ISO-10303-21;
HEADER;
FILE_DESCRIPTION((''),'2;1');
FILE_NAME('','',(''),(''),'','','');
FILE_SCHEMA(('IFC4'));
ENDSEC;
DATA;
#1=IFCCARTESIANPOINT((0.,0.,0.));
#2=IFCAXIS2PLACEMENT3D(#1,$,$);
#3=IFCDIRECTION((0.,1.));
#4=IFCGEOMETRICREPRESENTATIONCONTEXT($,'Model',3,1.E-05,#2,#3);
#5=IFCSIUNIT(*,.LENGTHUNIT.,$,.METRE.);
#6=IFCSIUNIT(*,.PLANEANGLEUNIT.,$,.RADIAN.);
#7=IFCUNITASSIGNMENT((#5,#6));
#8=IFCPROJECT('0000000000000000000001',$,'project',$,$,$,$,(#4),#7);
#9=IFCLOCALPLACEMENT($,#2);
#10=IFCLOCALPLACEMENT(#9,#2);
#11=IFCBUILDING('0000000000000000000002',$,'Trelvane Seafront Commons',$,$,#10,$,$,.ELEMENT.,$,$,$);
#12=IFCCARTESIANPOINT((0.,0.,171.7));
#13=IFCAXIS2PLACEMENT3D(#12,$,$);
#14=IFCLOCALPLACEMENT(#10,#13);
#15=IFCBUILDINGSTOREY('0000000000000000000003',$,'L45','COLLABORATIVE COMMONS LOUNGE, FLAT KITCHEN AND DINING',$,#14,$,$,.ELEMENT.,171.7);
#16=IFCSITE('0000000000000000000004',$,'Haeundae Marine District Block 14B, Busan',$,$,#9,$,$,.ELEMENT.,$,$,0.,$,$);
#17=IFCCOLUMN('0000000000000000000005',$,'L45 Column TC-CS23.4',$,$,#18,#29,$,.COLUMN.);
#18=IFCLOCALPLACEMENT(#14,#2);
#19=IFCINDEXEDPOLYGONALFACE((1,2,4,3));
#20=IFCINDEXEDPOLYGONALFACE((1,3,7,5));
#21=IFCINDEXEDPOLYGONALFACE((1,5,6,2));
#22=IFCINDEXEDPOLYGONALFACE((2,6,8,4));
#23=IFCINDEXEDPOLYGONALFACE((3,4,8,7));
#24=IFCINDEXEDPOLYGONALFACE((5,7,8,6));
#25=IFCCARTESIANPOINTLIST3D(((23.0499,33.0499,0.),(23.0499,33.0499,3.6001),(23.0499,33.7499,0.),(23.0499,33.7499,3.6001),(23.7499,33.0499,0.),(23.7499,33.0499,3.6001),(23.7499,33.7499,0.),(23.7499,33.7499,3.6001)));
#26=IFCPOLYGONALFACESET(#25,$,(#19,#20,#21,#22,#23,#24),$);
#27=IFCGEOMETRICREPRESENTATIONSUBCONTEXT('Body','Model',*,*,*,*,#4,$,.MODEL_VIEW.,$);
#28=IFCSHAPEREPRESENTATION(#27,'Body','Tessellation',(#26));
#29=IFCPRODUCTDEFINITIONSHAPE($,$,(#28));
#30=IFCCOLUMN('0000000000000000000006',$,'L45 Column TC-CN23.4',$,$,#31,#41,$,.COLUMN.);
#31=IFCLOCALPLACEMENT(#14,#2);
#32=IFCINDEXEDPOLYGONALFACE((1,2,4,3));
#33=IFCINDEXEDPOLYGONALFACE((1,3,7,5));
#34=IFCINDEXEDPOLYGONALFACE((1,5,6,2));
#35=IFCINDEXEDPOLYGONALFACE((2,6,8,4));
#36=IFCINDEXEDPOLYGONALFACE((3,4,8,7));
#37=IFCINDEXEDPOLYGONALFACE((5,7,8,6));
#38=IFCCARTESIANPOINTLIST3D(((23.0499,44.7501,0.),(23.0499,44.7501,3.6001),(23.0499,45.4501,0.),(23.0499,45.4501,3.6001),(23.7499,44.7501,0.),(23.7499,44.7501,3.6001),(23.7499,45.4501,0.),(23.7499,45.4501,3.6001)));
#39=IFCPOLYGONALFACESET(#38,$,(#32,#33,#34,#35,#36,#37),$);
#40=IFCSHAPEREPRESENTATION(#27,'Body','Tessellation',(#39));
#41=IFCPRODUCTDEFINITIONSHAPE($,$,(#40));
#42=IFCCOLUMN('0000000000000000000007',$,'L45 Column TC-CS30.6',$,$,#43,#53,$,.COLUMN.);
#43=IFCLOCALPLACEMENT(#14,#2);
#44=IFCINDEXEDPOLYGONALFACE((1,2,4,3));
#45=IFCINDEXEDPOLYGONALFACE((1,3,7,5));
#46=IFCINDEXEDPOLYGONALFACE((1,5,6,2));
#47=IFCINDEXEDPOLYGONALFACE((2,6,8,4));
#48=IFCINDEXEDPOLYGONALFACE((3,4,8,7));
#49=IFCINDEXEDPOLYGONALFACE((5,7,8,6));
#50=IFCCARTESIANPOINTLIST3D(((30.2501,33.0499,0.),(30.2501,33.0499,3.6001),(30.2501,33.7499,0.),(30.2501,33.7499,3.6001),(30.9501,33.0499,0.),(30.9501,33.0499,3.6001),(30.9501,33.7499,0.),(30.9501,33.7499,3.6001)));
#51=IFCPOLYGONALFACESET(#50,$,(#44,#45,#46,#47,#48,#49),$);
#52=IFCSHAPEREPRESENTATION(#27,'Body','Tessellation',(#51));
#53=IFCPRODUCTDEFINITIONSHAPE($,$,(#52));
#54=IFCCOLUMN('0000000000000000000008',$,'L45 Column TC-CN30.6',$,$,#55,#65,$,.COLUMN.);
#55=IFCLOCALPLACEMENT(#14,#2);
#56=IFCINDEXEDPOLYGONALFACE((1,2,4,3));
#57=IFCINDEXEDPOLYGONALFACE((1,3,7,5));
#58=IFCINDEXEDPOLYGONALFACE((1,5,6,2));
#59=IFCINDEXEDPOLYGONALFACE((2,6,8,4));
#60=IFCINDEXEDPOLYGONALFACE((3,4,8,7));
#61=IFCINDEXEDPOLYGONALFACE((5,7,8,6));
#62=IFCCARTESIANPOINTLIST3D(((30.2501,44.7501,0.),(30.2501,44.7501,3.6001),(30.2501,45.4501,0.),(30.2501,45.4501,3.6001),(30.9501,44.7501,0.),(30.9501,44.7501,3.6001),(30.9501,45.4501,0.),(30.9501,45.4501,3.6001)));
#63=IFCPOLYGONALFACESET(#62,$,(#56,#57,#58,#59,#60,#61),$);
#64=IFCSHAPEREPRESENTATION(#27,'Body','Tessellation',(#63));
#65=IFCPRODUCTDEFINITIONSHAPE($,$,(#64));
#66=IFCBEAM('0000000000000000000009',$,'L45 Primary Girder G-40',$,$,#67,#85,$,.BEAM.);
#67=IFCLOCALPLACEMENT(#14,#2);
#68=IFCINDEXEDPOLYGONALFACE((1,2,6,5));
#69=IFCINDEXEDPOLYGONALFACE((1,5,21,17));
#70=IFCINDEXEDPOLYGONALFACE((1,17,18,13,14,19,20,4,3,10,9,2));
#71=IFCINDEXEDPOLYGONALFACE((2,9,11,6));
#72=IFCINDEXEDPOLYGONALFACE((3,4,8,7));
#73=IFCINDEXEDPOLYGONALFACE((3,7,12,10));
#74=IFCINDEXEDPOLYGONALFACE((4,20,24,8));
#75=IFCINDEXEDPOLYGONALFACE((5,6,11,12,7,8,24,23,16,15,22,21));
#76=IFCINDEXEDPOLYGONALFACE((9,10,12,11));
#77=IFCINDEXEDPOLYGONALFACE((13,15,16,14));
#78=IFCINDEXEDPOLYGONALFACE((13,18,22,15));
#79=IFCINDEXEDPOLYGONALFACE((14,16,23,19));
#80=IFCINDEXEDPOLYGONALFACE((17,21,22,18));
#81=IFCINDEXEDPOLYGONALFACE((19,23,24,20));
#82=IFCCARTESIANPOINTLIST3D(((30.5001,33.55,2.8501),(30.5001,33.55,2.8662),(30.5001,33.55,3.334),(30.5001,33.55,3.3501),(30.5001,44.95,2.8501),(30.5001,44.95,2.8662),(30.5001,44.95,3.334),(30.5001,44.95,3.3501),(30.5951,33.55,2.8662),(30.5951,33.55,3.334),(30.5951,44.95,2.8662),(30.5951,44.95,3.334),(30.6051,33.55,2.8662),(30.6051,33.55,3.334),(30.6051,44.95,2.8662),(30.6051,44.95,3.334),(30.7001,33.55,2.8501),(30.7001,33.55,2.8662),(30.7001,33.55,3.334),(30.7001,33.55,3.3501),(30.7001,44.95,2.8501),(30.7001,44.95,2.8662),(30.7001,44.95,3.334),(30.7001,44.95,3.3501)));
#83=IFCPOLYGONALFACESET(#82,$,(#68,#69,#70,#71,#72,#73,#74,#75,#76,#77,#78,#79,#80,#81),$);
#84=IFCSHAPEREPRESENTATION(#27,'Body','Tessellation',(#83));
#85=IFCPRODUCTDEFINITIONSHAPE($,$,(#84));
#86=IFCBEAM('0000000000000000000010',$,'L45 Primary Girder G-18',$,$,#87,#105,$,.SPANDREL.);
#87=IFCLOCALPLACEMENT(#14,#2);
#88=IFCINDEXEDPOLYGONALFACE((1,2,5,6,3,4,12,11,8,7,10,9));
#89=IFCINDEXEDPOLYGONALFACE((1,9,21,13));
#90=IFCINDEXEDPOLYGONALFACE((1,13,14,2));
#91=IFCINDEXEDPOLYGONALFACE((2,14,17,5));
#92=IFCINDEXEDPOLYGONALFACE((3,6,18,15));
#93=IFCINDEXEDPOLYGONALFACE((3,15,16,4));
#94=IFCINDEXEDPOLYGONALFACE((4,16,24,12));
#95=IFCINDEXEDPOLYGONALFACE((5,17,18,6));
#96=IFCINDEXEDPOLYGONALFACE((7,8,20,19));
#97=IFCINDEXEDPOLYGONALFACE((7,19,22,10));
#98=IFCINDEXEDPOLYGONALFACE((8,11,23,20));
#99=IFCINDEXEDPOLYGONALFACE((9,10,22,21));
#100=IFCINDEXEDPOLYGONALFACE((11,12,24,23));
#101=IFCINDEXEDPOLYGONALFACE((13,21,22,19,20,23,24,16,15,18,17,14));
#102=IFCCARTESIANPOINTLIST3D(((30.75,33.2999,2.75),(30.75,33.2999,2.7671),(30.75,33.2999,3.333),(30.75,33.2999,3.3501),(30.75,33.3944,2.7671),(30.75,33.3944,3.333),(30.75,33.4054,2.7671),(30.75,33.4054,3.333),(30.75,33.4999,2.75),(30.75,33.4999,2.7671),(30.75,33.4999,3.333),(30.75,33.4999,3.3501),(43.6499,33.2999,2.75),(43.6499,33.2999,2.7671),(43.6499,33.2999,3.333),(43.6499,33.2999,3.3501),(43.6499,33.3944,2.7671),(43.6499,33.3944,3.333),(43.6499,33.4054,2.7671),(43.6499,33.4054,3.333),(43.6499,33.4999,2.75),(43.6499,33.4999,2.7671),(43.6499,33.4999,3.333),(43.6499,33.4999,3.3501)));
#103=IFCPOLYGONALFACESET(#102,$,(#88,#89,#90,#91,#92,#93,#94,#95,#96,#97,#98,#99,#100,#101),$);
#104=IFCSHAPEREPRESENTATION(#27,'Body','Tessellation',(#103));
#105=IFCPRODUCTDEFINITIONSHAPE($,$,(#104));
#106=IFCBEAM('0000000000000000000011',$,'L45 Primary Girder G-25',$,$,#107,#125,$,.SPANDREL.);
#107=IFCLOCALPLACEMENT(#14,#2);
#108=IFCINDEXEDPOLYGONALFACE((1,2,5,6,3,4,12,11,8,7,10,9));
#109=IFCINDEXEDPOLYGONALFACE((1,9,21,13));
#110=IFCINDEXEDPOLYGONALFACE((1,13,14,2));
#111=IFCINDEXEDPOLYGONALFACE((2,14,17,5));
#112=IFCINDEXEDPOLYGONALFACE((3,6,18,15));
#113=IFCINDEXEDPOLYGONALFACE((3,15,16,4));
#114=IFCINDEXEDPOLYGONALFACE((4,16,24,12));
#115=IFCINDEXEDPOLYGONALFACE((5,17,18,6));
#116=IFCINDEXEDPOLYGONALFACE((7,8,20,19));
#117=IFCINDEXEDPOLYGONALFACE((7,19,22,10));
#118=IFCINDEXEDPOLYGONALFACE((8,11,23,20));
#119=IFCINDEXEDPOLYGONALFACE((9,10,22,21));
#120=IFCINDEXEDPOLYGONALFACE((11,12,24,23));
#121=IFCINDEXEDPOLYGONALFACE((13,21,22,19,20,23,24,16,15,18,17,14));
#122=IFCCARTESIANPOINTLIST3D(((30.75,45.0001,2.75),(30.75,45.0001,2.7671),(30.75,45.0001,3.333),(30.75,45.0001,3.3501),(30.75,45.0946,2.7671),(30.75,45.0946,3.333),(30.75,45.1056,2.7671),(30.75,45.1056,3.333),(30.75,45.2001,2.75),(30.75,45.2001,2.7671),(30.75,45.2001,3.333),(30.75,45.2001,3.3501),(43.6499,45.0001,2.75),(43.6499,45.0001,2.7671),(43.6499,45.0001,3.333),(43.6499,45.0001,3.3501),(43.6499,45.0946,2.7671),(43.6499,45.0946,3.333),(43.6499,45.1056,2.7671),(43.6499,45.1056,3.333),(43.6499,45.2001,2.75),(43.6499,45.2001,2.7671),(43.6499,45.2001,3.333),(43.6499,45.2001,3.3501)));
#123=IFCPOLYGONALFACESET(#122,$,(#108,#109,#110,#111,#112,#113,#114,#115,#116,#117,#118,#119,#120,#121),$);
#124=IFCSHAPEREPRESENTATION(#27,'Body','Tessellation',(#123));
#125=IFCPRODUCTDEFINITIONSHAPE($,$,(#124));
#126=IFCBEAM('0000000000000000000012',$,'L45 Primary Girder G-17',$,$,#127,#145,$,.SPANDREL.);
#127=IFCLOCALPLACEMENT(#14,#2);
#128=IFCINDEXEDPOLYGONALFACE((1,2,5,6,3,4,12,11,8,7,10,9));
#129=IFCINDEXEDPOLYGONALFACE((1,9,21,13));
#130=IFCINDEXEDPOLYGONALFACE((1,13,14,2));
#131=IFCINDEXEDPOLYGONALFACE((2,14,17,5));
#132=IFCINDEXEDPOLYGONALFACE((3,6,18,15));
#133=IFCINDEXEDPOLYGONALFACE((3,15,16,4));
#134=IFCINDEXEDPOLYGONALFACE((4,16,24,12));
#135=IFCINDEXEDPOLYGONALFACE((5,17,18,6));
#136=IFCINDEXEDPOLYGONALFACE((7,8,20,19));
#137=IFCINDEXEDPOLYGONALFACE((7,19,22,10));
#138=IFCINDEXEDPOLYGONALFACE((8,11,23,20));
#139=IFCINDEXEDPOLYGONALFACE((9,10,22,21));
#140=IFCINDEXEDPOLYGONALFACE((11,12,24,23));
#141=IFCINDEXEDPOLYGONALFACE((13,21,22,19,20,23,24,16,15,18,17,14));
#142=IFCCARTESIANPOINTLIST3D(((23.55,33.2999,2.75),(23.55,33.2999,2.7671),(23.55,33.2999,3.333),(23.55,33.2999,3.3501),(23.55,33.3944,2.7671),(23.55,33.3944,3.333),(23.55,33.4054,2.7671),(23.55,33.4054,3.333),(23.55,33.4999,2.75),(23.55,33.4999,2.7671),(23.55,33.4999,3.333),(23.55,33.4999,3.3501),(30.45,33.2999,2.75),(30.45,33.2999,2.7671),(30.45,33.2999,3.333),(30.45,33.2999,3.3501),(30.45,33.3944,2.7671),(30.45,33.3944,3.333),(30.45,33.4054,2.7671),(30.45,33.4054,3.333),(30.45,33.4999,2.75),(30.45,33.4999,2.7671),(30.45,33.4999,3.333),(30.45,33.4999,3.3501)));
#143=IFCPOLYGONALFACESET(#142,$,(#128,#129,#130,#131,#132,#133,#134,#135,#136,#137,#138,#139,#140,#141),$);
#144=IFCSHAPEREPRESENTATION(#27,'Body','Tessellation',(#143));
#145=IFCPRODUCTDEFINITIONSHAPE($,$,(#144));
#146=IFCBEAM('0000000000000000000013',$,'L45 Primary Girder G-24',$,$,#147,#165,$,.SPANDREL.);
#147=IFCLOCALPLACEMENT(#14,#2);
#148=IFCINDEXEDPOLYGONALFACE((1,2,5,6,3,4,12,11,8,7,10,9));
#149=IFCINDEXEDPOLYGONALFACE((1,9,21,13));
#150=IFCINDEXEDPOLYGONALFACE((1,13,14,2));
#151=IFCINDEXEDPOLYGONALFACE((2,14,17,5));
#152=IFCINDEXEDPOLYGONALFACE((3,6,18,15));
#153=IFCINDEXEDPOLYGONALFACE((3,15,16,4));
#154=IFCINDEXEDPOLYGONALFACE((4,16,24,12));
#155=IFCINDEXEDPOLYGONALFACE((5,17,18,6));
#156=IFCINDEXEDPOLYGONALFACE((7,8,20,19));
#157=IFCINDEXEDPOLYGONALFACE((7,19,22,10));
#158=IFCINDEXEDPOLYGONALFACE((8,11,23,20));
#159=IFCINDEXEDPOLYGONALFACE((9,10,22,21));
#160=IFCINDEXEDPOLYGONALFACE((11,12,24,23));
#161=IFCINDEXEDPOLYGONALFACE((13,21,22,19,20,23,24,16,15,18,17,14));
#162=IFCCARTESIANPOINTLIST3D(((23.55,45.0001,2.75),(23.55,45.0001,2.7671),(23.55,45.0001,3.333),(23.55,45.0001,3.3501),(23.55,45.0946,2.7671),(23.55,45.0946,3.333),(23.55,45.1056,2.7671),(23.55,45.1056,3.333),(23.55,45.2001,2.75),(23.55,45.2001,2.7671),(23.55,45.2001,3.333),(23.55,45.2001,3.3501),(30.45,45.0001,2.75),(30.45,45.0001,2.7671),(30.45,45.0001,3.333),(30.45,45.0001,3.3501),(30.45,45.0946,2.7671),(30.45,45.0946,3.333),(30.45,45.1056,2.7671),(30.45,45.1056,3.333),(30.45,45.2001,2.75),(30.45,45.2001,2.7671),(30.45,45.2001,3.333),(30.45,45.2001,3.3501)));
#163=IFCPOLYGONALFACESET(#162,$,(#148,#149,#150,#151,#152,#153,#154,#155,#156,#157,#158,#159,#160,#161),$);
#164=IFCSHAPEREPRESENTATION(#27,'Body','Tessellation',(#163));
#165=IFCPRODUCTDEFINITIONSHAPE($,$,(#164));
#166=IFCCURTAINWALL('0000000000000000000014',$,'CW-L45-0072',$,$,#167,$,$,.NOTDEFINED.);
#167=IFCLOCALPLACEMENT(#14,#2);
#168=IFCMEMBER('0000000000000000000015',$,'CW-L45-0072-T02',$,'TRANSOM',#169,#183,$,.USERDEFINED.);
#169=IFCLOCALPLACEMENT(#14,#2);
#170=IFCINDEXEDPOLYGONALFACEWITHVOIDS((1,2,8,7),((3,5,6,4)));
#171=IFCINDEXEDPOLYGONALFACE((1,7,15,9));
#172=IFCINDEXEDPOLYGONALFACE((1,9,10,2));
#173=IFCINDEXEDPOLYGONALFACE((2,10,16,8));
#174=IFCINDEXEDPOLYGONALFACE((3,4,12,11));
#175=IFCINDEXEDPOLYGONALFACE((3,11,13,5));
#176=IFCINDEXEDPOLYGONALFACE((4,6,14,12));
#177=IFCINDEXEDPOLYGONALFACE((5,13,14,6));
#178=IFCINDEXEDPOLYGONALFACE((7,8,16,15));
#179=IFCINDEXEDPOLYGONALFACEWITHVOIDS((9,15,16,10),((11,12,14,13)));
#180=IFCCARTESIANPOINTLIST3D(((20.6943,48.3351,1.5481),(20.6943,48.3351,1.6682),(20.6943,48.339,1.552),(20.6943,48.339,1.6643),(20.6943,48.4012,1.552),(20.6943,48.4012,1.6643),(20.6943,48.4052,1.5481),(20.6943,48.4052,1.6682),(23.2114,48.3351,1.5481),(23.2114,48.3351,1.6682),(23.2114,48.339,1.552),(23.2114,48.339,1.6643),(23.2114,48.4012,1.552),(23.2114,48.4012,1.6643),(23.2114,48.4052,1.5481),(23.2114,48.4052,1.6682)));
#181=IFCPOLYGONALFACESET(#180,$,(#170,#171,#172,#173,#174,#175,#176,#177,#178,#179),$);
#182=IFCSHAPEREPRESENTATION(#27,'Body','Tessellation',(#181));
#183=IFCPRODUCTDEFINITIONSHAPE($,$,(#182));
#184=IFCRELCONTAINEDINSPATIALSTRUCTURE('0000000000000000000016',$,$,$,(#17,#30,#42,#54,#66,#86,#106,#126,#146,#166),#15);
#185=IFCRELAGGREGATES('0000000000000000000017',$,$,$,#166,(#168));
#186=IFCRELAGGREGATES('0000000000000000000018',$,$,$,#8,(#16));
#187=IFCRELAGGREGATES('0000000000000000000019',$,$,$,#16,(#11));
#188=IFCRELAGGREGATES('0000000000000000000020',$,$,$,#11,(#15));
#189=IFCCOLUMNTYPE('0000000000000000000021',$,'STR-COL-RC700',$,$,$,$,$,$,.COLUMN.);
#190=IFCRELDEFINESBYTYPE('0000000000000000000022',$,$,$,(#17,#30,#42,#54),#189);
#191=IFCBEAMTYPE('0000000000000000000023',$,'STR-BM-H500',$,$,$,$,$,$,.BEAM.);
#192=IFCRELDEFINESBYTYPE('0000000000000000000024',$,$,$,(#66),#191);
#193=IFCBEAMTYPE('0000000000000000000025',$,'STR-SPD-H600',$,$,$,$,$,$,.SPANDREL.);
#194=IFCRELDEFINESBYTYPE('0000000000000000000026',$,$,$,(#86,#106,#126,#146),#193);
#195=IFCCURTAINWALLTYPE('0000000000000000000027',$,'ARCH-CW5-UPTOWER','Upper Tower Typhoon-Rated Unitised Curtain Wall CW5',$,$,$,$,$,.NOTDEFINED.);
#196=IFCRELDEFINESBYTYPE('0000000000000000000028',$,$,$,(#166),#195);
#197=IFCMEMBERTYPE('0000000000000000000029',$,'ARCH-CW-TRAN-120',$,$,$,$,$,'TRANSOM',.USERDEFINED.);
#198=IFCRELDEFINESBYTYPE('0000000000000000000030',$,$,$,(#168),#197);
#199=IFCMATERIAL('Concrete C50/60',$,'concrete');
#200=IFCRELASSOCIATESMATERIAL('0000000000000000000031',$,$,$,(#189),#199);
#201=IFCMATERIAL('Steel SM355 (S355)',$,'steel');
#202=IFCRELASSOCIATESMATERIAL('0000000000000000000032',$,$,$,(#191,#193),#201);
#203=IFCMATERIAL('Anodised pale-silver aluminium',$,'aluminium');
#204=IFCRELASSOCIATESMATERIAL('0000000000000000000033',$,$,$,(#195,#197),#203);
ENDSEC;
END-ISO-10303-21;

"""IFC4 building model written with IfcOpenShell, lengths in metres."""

from ifc_helpers import new_model, si_unit, direction, frame, origin, origin_2d, place, context, subcontext, project, spatial, rectangle, hollow_rectangle, i_section, extrude, source, transform, mapped, material, material_profile, profile_set, type_object, element, aggregate, save


model = new_model("IFC4")

# Units and contexts
model_context = context("Model", 3, precision=1e-05, world=origin(), true_north=direction((0.0, 1.0)))
body_context = subcontext(model_context, "Body", "Model", "MODEL_VIEW")
ifc_project = project(units=[si_unit("LENGTHUNIT", "METRE"), si_unit("PLANEANGLEUNIT", "RADIAN")], contexts=[model_context])

# Site, building, storey
site_placement = place(None, origin())
site = spatial("IfcSite", under=ifc_project, at=site_placement, Name="Haeundae Marine District Block 14B, Busan", CompositionType="ELEMENT", RefElevation=0.0)
building_placement = place(site_placement, origin())
building = spatial("IfcBuilding", under=site, at=building_placement, Name="Trelvane Seafront Commons", CompositionType="ELEMENT")
storey_placement = place(building_placement, frame((0.0, 0.0, 171.7)))
storey = spatial("IfcBuildingStorey", under=building, at=storey_placement, Name="L45", Description="COLLABORATIVE COMMONS LOUNGE, FLAT KITCHEN AND DINING", CompositionType="ELEMENT", Elevation=171.7)

# Columns
ifc_material_1 = material(Name="Concrete C50/60", Category="concrete")
ifc_material_profile_1 = material_profile(ifc_material_1, rectangle(XDim=0.7, YDim=0.7, at=origin_2d()), Name="RC-700x700")
ifc_profile_set_1 = profile_set([ifc_material_profile_1], Name="Concrete C50/60")
column_type = type_object("IfcColumnType", Name="STR-COL-RC700", PredefinedType="COLUMN", material=ifc_profile_set_1)
shared_shape_1 = source(origin(), body_context, "Body", "SweptSolid", [
    extrude(rectangle(XDim=0.7, YDim=0.7, at=origin_2d()), origin(), (0.0, 0.0, 1.0), 3.6001),
])
for number, where, z_axis, x_axis, name in (
    (1, (23.3999, 33.3999, 0.0), (0.0, 0.0, 1.0), (1.0, 0.0, 0.0), "L45 Column TC-CS23.4"),
    (2, (23.3999, 45.1001, 0.0), (0.0, 0.0, 1.0), (1.0, 0.0, 0.0), "L45 Column TC-CN23.4"),
    (3, (30.6001, 33.3999, 0.0), (0.0, 0.0, 1.0), (1.0, 0.0, 0.0), "L45 Column TC-CS30.6"),
    (4, (30.6001, 45.1001, 0.0), (0.0, 0.0, 1.0), (1.0, 0.0, 0.0), "L45 Column TC-CN30.6"),
):
    element("IfcColumn", number, at=place(storey_placement, frame(where, z_axis=z_axis, x_axis=x_axis)), inside=storey, type_object=column_type, Name=name, PredefinedType="COLUMN", context=body_context, shape_type="MappedRepresentation", body=[
        mapped(shared_shape_1, transform((0.0, 0.0, 0.0), x_axis=(1.0, 0.0, 0.0), y_axis=(0.0, 1.0, 0.0), z_axis=(0.0, 0.0, 1.0), scale=1.0)),
    ])

# Beams
ifc_material_2 = material(Name="Steel SM355 (S355)", Category="steel")
ifc_material_profile_2 = material_profile(ifc_material_2, i_section(OverallWidth=0.2, OverallDepth=0.5, WebThickness=0.01, FlangeThickness=0.0161, at=origin_2d()), Name="H-500x200x10x16")
ifc_profile_set_2 = profile_set([ifc_material_profile_2], Name="Steel SM355 (S355)")
beam_type_1 = type_object("IfcBeamType", Name="STR-BM-H500", PredefinedType="BEAM", material=ifc_profile_set_2)
shared_shape_2 = source(origin(), body_context, "Body", "SweptSolid", [
    extrude(i_section(OverallWidth=0.2, OverallDepth=0.5, WebThickness=0.01, FlangeThickness=0.0161, at=origin_2d()), origin(), (0.0, 0.0, 1.0), 11.3999),
])
beam_placement = place(storey_placement, frame((30.6001, 33.55, 3.1001), z_axis=(0.0, 1.0, 0.0), x_axis=(-1.0, 0.0, 0.0)))
element("IfcBeam", 5, at=beam_placement, inside=storey, type_object=beam_type_1, Name="L45 Primary Girder G-40", PredefinedType="BEAM", context=body_context, shape_type="MappedRepresentation", body=[
    mapped(shared_shape_2, transform((0.0, 0.0, 0.0), x_axis=(1.0, 0.0, 0.0), y_axis=(0.0, 1.0, 0.0), z_axis=(0.0, 0.0, 1.0), scale=1.0)),
])
ifc_material_profile_3 = material_profile(ifc_material_2, i_section(OverallWidth=0.2, OverallDepth=0.6001, WebThickness=0.011, FlangeThickness=0.0171, at=origin_2d()), Name="H-600x200x11x17")
ifc_profile_set_3 = profile_set([ifc_material_profile_3], Name="Steel SM355 (S355)")
beam_type_2 = type_object("IfcBeamType", Name="STR-SPD-H600", PredefinedType="SPANDREL", material=ifc_profile_set_3)
shared_shape_3 = source(origin(), body_context, "Body", "SweptSolid", [
    extrude(i_section(OverallWidth=0.2, OverallDepth=0.6001, WebThickness=0.011, FlangeThickness=0.0171, at=origin_2d()), origin(), (0.0, 0.0, 1.0), 12.8999),
])
for number, where, z_axis, x_axis, name in (
    (6, (30.75, 33.3999, 3.05), (1.0, 0.0, 0.0), (0.0, 1.0, 0.0), "L45 Primary Girder G-18"),
    (7, (30.75, 45.1001, 3.05), (1.0, 0.0, 0.0), (0.0, 1.0, 0.0), "L45 Primary Girder G-25"),
):
    element("IfcBeam", number, at=place(storey_placement, frame(where, z_axis=z_axis, x_axis=x_axis)), inside=storey, type_object=beam_type_2, Name=name, PredefinedType="SPANDREL", context=body_context, shape_type="MappedRepresentation", body=[
        mapped(shared_shape_3, transform((0.0, 0.0, 0.0), x_axis=(1.0, 0.0, 0.0), y_axis=(0.0, 1.0, 0.0), z_axis=(0.0, 0.0, 1.0), scale=1.0)),
    ])
shared_shape_4 = source(origin(), body_context, "Body", "SweptSolid", [
    extrude(i_section(OverallWidth=0.2, OverallDepth=0.6001, WebThickness=0.011, FlangeThickness=0.0171, at=origin_2d()), origin(), (0.0, 0.0, 1.0), 6.8999),
])
for number, where, z_axis, x_axis, name in (
    (8, (23.55, 33.3999, 3.05), (1.0, 0.0, 0.0), (0.0, 1.0, 0.0), "L45 Primary Girder G-17"),
    (9, (23.55, 45.1001, 3.05), (1.0, 0.0, 0.0), (0.0, 1.0, 0.0), "L45 Primary Girder G-24"),
):
    element("IfcBeam", number, at=place(storey_placement, frame(where, z_axis=z_axis, x_axis=x_axis)), inside=storey, type_object=beam_type_2, Name=name, PredefinedType="SPANDREL", context=body_context, shape_type="MappedRepresentation", body=[
        mapped(shared_shape_4, transform((0.0, 0.0, 0.0), x_axis=(1.0, 0.0, 0.0), y_axis=(0.0, 1.0, 0.0), z_axis=(0.0, 0.0, 1.0), scale=1.0)),
    ])

# Curtain wall, member
ifc_material_3 = material(Name="Anodised pale-silver aluminium", Category="aluminium")
curtain_wall_type = type_object("IfcCurtainWallType", Name="ARCH-CW5-UPTOWER", Description="Upper Tower Typhoon-Rated Unitised Curtain Wall CW5", PredefinedType="NOTDEFINED", material=ifc_material_3)
curtain_wall_placement = place(storey_placement, origin())
curtain_wall = element("IfcCurtainWall", 10, at=curtain_wall_placement, inside=storey, type_object=curtain_wall_type, Name="CW-L45-0072", PredefinedType="NOTDEFINED")
ifc_material_profile_4 = material_profile(ifc_material_3, hollow_rectangle(XDim=0.0701, YDim=0.1201, WallThickness=0.0039, at=origin_2d()), Name="TRAN-70x120x4")
ifc_profile_set_4 = profile_set([ifc_material_profile_4], Name="Anodised pale-silver aluminium")
member_type_1 = type_object("IfcMemberType", Name="ARCH-CW-TRAN-120", ElementType="TRANSOM", PredefinedType="USERDEFINED", material=ifc_profile_set_4)
shared_shape_5 = source(origin(), body_context, "Body", "SweptSolid", [
    extrude(hollow_rectangle(XDim=0.0701, YDim=0.1201, WallThickness=0.0039, at=origin_2d()), origin(), (0.0, 0.0, 1.0), 2.5171),
])
member_1_placement = place(storey_placement, frame((20.6943, 48.3701, 1.6082), z_axis=(1.0, 0.0, 0.0), x_axis=(0.0, 1.0, 0.0)))
member_1 = element("IfcMember", 11, at=member_1_placement, type_object=member_type_1, Name="CW-L45-0072-T02", ObjectType="TRANSOM", PredefinedType="USERDEFINED", context=body_context, shape_type="MappedRepresentation", body=[
    mapped(shared_shape_5, transform((0.0, 0.0, 0.0), x_axis=(1.0, 0.0, 0.0), y_axis=(0.0, 1.0, 0.0), z_axis=(0.0, 0.0, 1.0), scale=1.0)),
])
aggregate(curtain_wall, [member_1])

save(model, "model.ifc")
